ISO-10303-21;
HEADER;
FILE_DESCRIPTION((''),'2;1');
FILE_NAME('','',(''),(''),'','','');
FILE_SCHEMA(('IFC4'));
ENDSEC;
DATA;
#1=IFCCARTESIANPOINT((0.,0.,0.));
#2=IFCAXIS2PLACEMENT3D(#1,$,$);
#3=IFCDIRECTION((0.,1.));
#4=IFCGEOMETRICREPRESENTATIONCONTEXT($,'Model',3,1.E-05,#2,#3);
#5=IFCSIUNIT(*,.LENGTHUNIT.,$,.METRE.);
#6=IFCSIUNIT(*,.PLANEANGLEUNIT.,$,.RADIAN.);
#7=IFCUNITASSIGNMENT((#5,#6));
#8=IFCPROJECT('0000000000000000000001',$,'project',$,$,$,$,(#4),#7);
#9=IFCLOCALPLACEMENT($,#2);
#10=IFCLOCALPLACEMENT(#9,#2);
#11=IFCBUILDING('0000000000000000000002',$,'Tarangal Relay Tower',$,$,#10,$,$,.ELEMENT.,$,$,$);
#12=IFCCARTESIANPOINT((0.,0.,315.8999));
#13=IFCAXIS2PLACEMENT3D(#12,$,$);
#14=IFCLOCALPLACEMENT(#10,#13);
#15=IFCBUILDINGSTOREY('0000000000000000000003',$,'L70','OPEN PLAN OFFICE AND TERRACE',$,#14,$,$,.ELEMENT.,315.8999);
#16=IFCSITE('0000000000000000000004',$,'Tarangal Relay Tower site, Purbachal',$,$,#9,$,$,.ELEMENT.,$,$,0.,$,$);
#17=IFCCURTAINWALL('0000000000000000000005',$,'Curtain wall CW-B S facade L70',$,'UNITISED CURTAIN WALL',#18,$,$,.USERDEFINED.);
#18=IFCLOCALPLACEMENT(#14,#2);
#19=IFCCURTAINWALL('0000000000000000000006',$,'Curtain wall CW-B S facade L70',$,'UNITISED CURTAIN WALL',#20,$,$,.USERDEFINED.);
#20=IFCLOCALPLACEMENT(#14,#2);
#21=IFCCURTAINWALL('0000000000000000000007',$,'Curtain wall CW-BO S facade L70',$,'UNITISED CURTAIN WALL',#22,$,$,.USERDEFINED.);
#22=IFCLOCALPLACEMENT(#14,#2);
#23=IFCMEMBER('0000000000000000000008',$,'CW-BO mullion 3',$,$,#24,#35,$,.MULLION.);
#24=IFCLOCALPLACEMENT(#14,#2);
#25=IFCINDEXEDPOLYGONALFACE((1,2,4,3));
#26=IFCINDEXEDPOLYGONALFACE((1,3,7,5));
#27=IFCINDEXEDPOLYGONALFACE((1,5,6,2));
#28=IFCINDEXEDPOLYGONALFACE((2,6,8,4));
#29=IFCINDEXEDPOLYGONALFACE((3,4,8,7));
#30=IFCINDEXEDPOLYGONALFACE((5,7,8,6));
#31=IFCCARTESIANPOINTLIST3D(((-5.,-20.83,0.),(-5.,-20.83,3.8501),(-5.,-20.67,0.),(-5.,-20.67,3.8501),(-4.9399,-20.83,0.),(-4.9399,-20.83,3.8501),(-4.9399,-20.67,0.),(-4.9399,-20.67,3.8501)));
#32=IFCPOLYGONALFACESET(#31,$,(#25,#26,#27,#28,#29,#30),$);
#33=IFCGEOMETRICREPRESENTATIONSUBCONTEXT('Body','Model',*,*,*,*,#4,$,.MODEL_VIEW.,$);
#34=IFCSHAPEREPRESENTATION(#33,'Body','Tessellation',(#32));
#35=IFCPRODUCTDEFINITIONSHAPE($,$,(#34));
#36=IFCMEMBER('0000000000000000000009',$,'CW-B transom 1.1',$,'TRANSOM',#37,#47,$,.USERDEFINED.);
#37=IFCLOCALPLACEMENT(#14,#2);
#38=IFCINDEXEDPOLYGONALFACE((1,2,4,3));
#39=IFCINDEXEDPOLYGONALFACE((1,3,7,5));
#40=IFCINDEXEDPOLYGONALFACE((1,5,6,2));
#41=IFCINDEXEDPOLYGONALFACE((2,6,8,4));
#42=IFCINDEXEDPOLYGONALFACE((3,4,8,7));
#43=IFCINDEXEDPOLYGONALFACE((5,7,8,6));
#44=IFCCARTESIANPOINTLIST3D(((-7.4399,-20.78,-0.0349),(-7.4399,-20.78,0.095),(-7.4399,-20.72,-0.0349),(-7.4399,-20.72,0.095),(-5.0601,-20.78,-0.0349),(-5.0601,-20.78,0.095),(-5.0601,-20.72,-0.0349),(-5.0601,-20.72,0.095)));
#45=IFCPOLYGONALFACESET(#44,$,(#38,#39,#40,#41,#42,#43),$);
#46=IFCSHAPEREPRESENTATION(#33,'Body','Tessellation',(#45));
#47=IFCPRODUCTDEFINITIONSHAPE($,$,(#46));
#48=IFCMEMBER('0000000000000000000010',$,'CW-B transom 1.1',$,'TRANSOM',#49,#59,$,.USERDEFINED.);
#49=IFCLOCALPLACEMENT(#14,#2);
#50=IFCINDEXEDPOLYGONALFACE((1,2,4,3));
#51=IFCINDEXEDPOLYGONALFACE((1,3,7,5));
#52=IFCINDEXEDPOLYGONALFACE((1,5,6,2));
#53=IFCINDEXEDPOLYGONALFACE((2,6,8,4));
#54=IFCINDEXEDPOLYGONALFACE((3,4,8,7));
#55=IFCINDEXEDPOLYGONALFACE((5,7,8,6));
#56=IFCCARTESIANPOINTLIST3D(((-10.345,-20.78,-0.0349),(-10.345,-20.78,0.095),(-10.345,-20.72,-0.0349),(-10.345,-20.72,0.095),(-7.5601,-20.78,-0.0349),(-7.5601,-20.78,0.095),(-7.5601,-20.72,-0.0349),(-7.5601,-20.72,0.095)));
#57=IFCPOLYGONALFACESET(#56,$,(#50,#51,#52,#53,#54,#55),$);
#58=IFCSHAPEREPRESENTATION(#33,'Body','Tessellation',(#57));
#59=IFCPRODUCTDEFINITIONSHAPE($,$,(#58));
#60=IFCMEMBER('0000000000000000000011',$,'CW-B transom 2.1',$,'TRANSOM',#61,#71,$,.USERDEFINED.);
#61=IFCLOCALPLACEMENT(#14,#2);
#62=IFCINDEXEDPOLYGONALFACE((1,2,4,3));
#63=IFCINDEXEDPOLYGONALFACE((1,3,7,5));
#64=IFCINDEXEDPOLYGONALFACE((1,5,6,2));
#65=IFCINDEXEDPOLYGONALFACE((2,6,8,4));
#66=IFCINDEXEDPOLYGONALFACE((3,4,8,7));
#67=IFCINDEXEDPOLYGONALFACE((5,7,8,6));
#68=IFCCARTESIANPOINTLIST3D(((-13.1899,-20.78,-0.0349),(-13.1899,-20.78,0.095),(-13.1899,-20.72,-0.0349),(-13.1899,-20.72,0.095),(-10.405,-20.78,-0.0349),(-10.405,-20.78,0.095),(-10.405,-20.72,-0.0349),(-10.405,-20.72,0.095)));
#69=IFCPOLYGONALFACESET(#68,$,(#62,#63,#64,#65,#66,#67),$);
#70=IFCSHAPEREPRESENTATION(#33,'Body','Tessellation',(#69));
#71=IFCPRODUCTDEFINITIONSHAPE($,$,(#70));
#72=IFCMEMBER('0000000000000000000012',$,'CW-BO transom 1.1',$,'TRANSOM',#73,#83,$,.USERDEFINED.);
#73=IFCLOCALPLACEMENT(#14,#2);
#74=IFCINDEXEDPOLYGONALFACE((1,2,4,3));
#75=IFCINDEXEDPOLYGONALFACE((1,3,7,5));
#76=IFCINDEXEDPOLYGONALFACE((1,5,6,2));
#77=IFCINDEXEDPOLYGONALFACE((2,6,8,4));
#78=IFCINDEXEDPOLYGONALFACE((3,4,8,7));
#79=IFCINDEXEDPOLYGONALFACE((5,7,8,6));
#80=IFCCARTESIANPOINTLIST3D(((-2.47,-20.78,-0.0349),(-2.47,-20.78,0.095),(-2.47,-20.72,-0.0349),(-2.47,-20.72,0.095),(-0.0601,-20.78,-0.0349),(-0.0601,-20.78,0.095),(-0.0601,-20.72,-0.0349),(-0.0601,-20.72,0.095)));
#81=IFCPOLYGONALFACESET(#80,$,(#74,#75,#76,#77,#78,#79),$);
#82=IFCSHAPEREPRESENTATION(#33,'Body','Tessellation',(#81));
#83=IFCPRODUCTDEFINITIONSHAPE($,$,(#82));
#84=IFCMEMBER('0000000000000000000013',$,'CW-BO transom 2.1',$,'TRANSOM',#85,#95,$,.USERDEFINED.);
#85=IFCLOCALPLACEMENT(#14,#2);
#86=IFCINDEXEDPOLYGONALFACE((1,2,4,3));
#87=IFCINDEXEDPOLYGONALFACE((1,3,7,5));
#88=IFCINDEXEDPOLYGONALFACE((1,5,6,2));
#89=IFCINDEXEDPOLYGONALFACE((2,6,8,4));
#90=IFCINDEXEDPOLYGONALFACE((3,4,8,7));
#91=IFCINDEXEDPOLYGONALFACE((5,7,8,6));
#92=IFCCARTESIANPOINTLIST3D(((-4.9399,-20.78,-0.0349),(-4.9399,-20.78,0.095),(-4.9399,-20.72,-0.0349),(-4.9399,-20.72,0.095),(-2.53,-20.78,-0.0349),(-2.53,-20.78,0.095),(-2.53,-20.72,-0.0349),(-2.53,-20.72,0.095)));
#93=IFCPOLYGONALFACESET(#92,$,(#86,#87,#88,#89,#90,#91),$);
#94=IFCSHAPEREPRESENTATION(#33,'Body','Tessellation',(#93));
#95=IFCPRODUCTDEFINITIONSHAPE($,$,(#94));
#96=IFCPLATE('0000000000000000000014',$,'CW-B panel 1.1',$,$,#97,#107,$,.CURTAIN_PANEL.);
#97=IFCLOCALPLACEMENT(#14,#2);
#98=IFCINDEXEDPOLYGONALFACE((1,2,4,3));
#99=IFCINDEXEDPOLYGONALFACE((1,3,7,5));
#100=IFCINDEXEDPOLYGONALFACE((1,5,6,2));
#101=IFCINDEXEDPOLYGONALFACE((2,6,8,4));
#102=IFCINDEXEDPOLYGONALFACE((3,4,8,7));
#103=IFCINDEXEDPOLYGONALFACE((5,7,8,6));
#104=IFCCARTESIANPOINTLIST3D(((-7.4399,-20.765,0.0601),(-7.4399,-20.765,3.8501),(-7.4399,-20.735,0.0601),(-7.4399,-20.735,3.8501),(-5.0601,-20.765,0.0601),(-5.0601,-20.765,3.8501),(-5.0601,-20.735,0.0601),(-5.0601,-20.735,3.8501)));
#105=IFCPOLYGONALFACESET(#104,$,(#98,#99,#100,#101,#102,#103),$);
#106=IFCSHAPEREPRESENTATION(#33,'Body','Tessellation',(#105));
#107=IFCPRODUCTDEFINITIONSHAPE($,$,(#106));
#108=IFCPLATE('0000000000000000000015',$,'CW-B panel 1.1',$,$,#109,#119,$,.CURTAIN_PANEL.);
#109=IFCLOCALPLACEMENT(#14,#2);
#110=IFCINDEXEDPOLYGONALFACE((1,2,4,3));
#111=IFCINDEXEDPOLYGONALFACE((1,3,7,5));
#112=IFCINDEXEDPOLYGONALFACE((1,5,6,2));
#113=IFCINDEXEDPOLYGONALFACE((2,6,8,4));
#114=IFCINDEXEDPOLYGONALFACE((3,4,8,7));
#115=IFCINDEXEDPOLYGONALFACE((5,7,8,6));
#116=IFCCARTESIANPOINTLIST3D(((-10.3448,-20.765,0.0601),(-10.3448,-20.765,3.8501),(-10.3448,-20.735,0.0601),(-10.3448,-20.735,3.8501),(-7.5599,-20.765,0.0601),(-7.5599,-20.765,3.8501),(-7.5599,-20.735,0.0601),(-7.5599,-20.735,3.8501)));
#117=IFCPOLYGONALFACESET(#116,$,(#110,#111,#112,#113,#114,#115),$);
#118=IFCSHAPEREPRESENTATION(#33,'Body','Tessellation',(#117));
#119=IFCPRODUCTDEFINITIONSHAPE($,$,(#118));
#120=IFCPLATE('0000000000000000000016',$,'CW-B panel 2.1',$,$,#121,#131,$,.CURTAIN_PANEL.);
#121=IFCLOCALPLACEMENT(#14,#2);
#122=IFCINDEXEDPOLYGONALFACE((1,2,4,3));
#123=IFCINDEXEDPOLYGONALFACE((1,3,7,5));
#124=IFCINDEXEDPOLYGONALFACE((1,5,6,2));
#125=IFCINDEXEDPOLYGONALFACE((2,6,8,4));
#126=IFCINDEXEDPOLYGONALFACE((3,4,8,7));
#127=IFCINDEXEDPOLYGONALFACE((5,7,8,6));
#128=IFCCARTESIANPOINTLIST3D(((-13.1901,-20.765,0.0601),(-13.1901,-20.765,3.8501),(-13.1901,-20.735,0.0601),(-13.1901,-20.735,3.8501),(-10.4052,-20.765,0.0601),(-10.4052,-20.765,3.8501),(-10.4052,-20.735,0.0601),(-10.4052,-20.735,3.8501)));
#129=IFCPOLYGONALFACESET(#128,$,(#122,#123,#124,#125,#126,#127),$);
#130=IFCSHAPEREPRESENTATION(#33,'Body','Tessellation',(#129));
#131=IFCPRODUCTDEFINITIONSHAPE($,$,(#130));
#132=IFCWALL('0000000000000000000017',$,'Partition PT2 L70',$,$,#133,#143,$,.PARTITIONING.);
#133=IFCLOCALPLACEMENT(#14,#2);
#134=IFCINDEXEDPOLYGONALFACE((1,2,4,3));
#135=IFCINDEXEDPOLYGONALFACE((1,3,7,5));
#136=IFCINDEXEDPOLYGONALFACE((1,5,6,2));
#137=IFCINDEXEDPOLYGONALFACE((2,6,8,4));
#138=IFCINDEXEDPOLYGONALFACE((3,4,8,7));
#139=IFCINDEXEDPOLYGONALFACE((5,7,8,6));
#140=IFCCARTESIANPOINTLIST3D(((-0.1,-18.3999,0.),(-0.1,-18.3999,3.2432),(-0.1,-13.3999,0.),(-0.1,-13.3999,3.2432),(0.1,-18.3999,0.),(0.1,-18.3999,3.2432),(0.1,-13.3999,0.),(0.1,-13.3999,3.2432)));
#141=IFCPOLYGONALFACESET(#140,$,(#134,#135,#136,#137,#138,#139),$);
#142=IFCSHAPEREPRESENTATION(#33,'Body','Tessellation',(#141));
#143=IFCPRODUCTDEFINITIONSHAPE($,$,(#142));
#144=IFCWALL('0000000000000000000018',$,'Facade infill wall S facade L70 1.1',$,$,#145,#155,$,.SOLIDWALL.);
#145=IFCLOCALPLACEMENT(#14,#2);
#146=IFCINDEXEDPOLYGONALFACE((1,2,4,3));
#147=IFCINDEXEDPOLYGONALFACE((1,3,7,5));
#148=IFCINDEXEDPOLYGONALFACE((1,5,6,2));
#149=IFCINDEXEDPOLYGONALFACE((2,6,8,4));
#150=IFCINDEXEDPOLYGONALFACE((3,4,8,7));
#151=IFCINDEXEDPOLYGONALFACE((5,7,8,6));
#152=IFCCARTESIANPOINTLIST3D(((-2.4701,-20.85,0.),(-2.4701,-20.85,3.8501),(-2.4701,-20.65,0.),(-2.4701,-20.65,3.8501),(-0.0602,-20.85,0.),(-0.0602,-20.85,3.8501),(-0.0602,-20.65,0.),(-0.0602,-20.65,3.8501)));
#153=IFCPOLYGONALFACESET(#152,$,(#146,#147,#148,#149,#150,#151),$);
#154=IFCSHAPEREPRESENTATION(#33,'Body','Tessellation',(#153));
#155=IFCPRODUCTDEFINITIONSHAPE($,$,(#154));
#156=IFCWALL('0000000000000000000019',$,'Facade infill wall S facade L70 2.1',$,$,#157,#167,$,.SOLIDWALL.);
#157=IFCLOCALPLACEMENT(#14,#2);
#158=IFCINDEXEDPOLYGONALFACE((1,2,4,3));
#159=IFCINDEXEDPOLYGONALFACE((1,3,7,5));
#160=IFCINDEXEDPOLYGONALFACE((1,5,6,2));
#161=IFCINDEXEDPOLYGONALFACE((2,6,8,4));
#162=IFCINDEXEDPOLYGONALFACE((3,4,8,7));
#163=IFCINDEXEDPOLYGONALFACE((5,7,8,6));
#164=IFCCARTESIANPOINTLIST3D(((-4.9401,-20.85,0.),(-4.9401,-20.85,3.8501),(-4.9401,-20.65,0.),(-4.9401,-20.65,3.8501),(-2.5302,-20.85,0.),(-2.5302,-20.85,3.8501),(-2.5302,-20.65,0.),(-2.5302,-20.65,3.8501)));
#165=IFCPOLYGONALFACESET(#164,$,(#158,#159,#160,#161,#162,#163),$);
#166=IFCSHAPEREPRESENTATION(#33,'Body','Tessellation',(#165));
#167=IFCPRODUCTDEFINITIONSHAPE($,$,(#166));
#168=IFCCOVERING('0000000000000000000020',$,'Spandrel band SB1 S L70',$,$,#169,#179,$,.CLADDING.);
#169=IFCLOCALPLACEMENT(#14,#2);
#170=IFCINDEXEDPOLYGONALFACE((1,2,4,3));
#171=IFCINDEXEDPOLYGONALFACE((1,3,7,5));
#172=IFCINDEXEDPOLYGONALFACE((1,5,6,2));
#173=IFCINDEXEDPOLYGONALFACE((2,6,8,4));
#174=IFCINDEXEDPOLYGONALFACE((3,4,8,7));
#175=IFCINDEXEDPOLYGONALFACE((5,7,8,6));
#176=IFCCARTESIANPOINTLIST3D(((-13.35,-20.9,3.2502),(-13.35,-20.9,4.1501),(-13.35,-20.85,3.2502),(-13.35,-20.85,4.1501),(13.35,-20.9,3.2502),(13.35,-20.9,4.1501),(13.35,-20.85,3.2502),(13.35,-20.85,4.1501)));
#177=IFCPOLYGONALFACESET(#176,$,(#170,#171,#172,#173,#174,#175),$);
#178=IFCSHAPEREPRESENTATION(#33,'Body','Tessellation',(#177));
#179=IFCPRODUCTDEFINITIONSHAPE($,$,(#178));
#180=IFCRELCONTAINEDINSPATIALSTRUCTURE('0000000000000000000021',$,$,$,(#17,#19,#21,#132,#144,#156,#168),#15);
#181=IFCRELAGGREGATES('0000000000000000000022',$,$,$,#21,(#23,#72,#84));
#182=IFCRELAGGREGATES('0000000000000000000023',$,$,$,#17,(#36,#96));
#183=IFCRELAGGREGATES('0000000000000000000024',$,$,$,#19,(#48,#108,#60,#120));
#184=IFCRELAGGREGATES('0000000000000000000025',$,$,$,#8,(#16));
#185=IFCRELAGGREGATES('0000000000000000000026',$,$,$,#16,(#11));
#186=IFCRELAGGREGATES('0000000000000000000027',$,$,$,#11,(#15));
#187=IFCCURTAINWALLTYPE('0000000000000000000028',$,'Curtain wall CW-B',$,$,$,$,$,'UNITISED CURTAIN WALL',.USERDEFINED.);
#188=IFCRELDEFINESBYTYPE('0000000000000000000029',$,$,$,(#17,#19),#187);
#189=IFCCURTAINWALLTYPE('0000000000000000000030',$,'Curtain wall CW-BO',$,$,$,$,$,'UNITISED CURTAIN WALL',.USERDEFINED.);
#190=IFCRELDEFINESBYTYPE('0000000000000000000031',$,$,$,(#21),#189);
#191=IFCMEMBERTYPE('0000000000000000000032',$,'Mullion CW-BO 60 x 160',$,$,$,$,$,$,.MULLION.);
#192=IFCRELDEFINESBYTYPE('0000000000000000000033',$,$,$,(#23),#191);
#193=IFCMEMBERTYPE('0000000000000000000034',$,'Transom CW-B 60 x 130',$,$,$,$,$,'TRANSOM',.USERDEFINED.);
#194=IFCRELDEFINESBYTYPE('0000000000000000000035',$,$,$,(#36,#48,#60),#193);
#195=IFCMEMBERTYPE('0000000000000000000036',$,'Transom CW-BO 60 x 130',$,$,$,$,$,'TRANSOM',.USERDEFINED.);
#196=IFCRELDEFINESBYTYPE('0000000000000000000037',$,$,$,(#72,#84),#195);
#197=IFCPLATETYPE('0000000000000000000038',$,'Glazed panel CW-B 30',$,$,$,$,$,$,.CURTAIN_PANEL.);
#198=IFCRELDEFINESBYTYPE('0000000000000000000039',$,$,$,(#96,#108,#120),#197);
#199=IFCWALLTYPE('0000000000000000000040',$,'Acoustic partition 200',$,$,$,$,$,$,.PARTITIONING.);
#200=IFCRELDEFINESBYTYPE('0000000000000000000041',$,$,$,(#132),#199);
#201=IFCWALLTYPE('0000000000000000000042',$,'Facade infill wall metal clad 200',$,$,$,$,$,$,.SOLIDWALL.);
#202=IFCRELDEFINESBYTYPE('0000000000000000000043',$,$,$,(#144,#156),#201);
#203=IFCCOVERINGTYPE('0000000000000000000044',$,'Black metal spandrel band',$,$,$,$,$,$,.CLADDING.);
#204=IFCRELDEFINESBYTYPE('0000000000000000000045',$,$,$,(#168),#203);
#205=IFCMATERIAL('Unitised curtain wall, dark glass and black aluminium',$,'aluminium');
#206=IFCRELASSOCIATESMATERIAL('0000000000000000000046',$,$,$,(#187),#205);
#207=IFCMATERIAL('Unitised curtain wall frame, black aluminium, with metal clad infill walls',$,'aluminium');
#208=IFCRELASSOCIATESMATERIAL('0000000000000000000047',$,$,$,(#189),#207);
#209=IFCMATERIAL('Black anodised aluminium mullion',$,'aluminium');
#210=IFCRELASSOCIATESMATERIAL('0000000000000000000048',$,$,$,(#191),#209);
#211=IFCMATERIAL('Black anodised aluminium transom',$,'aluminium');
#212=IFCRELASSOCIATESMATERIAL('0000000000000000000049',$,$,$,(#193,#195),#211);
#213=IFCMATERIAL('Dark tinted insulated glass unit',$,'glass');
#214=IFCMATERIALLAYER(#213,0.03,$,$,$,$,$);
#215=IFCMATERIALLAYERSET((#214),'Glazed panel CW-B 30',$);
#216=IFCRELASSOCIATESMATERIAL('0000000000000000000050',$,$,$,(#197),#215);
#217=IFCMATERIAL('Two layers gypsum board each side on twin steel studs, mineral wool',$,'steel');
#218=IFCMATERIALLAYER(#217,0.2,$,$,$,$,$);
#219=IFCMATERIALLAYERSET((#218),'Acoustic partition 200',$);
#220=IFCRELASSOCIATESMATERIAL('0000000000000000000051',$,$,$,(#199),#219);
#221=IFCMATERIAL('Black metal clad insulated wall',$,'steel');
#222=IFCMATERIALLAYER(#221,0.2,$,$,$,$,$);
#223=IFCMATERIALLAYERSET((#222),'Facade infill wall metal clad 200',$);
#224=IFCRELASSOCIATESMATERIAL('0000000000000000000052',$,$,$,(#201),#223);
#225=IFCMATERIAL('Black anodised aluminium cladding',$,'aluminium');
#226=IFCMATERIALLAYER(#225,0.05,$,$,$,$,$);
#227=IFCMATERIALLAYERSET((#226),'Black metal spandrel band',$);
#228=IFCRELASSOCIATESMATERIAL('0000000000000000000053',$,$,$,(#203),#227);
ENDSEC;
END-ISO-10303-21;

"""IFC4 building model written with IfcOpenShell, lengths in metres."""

from ifc_helpers import new_model, si_unit, direction, frame, frame_2d, origin, origin_2d, place, context, subcontext, project, spatial, rectangle, extrude, material, layer, layer_set, material_profile, profile_set, type_object, element, aggregate, save


model = new_model("IFC4")

# Units and contexts
model_context = context("Model", 3, precision=1e-05, world=origin(), true_north=direction((0.0, 1.0)))
body_context = subcontext(model_context, "Body", "Model", "MODEL_VIEW")
ifc_project = project(units=[si_unit("LENGTHUNIT", "METRE"), si_unit("PLANEANGLEUNIT", "RADIAN")], contexts=[model_context])

# Site, building, storey
site_placement = place(None, origin())
site = spatial("IfcSite", under=ifc_project, at=site_placement, Name="Tarangal Relay Tower site, Purbachal", CompositionType="ELEMENT", RefElevation=0.0)
building_placement = place(site_placement, origin())
building = spatial("IfcBuilding", under=site, at=building_placement, Name="Tarangal Relay Tower", CompositionType="ELEMENT")
storey_placement = place(building_placement, frame((0.0, 0.0, 315.8999)))
storey = spatial("IfcBuildingStorey", under=building, at=storey_placement, Name="L70", Description="OPEN PLAN OFFICE AND TERRACE", CompositionType="ELEMENT", Elevation=315.8999)

# Curtain walls, member
ifc_material_1 = material(Name="Unitised curtain wall, dark glass and black aluminium", Category="aluminium")
curtain_wall_type_1 = type_object("IfcCurtainWallType", Name="Curtain wall CW-B", ElementType="UNITISED CURTAIN WALL", PredefinedType="USERDEFINED", material=ifc_material_1)
curtain_wall_1_placement = place(storey_placement, origin())
curtain_wall_1 = element("IfcCurtainWall", 1, at=curtain_wall_1_placement, inside=storey, type_object=curtain_wall_type_1, Name="Curtain wall CW-B S facade L70", ObjectType="UNITISED CURTAIN WALL", PredefinedType="USERDEFINED")
ifc_material_2 = material(Name="Black anodised aluminium mullion", Category="aluminium")
curtain_wall_2_placement = place(storey_placement, origin())
curtain_wall_2 = element("IfcCurtainWall", 2, at=curtain_wall_2_placement, inside=storey, type_object=curtain_wall_type_1, Name="Curtain wall CW-B S facade L70", ObjectType="UNITISED CURTAIN WALL", PredefinedType="USERDEFINED")
ifc_material_3 = material(Name="Unitised curtain wall frame, black aluminium, with metal clad infill walls", Category="aluminium")
curtain_wall_type_2 = type_object("IfcCurtainWallType", Name="Curtain wall CW-BO", ElementType="UNITISED CURTAIN WALL", PredefinedType="USERDEFINED", material=ifc_material_3)
curtain_wall_3_placement = place(storey_placement, origin())
curtain_wall_3 = element("IfcCurtainWall", 3, at=curtain_wall_3_placement, inside=storey, type_object=curtain_wall_type_2, Name="Curtain wall CW-BO S facade L70", ObjectType="UNITISED CURTAIN WALL", PredefinedType="USERDEFINED")
ifc_material_profile_1 = material_profile(ifc_material_2, rectangle(XDim=0.1599, YDim=0.0601, at=origin_2d()), Name="CW-BOM 60X160")
ifc_profile_set_1 = profile_set([ifc_material_profile_1], Name="Black anodised aluminium mullion")
member_type_1 = type_object("IfcMemberType", Name="Mullion CW-BO 60 x 160", PredefinedType="MULLION", material=ifc_profile_set_1)
member_1_placement = place(storey_placement, frame((-4.97, -20.75, 0.0), z_axis=(0.0, 0.0, 1.0), x_axis=(0.0, -1.0, 0.0)))
member_1 = element("IfcMember", 4, at=member_1_placement, type_object=member_type_1, Name="CW-BO mullion 3", PredefinedType="MULLION", context=body_context, shape_type="SweptSolid", body=[
    extrude(rectangle(XDim=0.1599, YDim=0.0601, at=origin_2d()), origin(), (0.0, 0.0, 1.0), 3.8501),
])

# Members
ifc_material_4 = material(Name="Black anodised aluminium transom", Category="aluminium")
ifc_material_profile_2 = material_profile(ifc_material_4, rectangle(XDim=0.0601, YDim=0.1299, at=origin_2d()), Name="CW-BT 60X130")
ifc_profile_set_2 = profile_set([ifc_material_profile_2], Name="Black anodised aluminium transom")
member_type_2 = type_object("IfcMemberType", Name="Transom CW-B 60 x 130", ElementType="TRANSOM", PredefinedType="USERDEFINED", material=ifc_profile_set_2)
member_2_placement = place(storey_placement, frame((-5.0601, -20.75, 0.03), z_axis=(-1.0, 0.0, 0.0), x_axis=(0.0, -1.0, 0.0)))
member_2 = element("IfcMember", 5, at=member_2_placement, type_object=member_type_2, Name="CW-B transom 1.1", ObjectType="TRANSOM", PredefinedType="USERDEFINED", context=body_context, shape_type="SweptSolid", body=[
    extrude(rectangle(XDim=0.0601, YDim=0.1299, at=origin_2d()), origin(), (0.0, 0.0, 1.0), 2.3799),
])
member_3_placement = place(storey_placement, frame((-7.5601, -20.75, 0.03), z_axis=(-1.0, 0.0, 0.0), x_axis=(0.0, -1.0, 0.0)))
member_3 = element("IfcMember", 6, at=member_3_placement, type_object=member_type_2, Name="CW-B transom 1.1", ObjectType="TRANSOM", PredefinedType="USERDEFINED", context=body_context, shape_type="SweptSolid", body=[
    extrude(rectangle(XDim=0.0601, YDim=0.1299, at=origin_2d()), origin(), (0.0, 0.0, 1.0), 2.7849),
])
member_4_placement = place(storey_placement, frame((-10.405, -20.75, 0.03), z_axis=(-1.0, 0.0, 0.0), x_axis=(0.0, -1.0, 0.0)))
member_4 = element("IfcMember", 7, at=member_4_placement, type_object=member_type_2, Name="CW-B transom 2.1", ObjectType="TRANSOM", PredefinedType="USERDEFINED", context=body_context, shape_type="SweptSolid", body=[
    extrude(rectangle(XDim=0.0601, YDim=0.1299, at=origin_2d()), origin(), (0.0, 0.0, 1.0), 2.7849),
])
ifc_material_profile_3 = material_profile(ifc_material_4, rectangle(XDim=0.0601, YDim=0.1299, at=origin_2d()), Name="CW-BOT 60X130")
ifc_profile_set_3 = profile_set([ifc_material_profile_3], Name="Black anodised aluminium transom")
member_type_3 = type_object("IfcMemberType", Name="Transom CW-BO 60 x 130", ElementType="TRANSOM", PredefinedType="USERDEFINED", material=ifc_profile_set_3)
member_5_placement = place(storey_placement, frame((-0.0601, -20.75, 0.03), z_axis=(-1.0, 0.0, 0.0), x_axis=(0.0, -1.0, 0.0)))
member_5 = element("IfcMember", 8, at=member_5_placement, type_object=member_type_3, Name="CW-BO transom 1.1", ObjectType="TRANSOM", PredefinedType="USERDEFINED", context=body_context, shape_type="SweptSolid", body=[
    extrude(rectangle(XDim=0.0601, YDim=0.1299, at=origin_2d()), origin(), (0.0, 0.0, 1.0), 2.4099),
])
member_6_placement = place(storey_placement, frame((-2.53, -20.75, 0.03), z_axis=(-1.0, 0.0, 0.0), x_axis=(0.0, -1.0, 0.0)))
member_6 = element("IfcMember", 9, at=member_6_placement, type_object=member_type_3, Name="CW-BO transom 2.1", ObjectType="TRANSOM", PredefinedType="USERDEFINED", context=body_context, shape_type="SweptSolid", body=[
    extrude(rectangle(XDim=0.0601, YDim=0.1299, at=origin_2d()), origin(), (0.0, 0.0, 1.0), 2.4099),
])
aggregate(curtain_wall_3, [member_1, member_5, member_6])

# Plates
ifc_material_5 = material(Name="Dark tinted insulated glass unit", Category="glass")
ifc_layer_1 = layer(ifc_material_5, 0.03)
ifc_layer_set_1 = layer_set([ifc_layer_1], Name="Glazed panel CW-B 30")
plate_type = type_object("IfcPlateType", Name="Glazed panel CW-B 30", PredefinedType="CURTAIN_PANEL", material=ifc_layer_set_1)
plate_1_placement = place(storey_placement, frame((-6.25, -20.75, 0.0601), z_axis=(0.0, 0.0, 1.0), x_axis=(-1.0, 0.0, 0.0)))
plate_1 = element("IfcPlate", 10, at=plate_1_placement, type_object=plate_type, Name="CW-B panel 1.1", PredefinedType="CURTAIN_PANEL", context=body_context, shape_type="SweptSolid", body=[
    extrude(rectangle(XDim=2.3799, YDim=0.03, at=origin_2d()), origin(), (0.0, 0.0, 1.0), 3.79),
])
aggregate(curtain_wall_1, [member_2, plate_1])
plate_2_placement = place(storey_placement, frame((-8.9524, -20.75, 0.0601), z_axis=(0.0, 0.0, 1.0), x_axis=(-1.0, 0.0, 0.0)))
plate_2 = element("IfcPlate", 11, at=plate_2_placement, type_object=plate_type, Name="CW-B panel 1.1", PredefinedType="CURTAIN_PANEL", context=body_context, shape_type="SweptSolid", body=[
    extrude(rectangle(XDim=2.7849, YDim=0.03, at=origin_2d()), origin(), (0.0, 0.0, 1.0), 3.79),
])
plate_3_placement = place(storey_placement, frame((-11.7976, -20.75, 0.0601), z_axis=(0.0, 0.0, 1.0), x_axis=(-1.0, 0.0, 0.0)))
plate_3 = element("IfcPlate", 12, at=plate_3_placement, type_object=plate_type, Name="CW-B panel 2.1", PredefinedType="CURTAIN_PANEL", context=body_context, shape_type="SweptSolid", body=[
    extrude(rectangle(XDim=2.7849, YDim=0.03, at=origin_2d()), origin(), (0.0, 0.0, 1.0), 3.79),
])
aggregate(curtain_wall_2, [member_3, plate_2, member_4, plate_3])

# Walls
ifc_material_6 = material(Name="Two layers gypsum board each side on twin steel studs, mineral wool", Category="steel")
ifc_layer_2 = layer(ifc_material_6, 0.2)
ifc_layer_set_2 = layer_set([ifc_layer_2], Name="Acoustic partition 200")
wall_type_1 = type_object("IfcWallType", Name="Acoustic partition 200", PredefinedType="PARTITIONING", material=ifc_layer_set_2)
wall_placement = place(storey_placement, frame((0.0, -18.3999, 0.0), z_axis=(0.0, 0.0, 1.0), x_axis=(0.0, 1.0, 0.0)))
element("IfcWall", 13, at=wall_placement, inside=storey, type_object=wall_type_1, Name="Partition PT2 L70", PredefinedType="PARTITIONING", context=body_context, shape_type="SweptSolid", body=[
    extrude(rectangle(XDim=5.0, YDim=0.2, at=frame_2d((2.5, 0.0))), origin(), (0.0, 0.0, 1.0), 3.2432),
])
ifc_material_7 = material(Name="Black metal clad insulated wall", Category="steel")
ifc_layer_3 = layer(ifc_material_7, 0.2)
ifc_layer_set_3 = layer_set([ifc_layer_3], Name="Facade infill wall metal clad 200")
wall_type_2 = type_object("IfcWallType", Name="Facade infill wall metal clad 200", PredefinedType="SOLIDWALL", material=ifc_layer_set_3)
for number, where, z_axis, x_axis, name in (
    (14, (-0.0601, -20.75, 0.0), (0.0, 0.0, 1.0), (-1.0, 0.0, 0.0), "Facade infill wall S facade L70 1.1"),
    (15, (-2.53, -20.75, 0.0), (0.0, 0.0, 1.0), (-1.0, 0.0, 0.0), "Facade infill wall S facade L70 2.1"),
):
    element("IfcWall", number, at=place(storey_placement, frame(where, z_axis=z_axis, x_axis=x_axis)), inside=storey, type_object=wall_type_2, Name=name, PredefinedType="SOLIDWALL", context=body_context, shape_type="SweptSolid", body=[
        extrude(rectangle(XDim=2.4099, YDim=0.2, at=frame_2d((1.2051, 0.0))), origin(), (0.0, 0.0, 1.0), 3.8501),
    ])

# Covering
ifc_material_8 = material(Name="Black anodised aluminium cladding", Category="aluminium")
ifc_layer_4 = layer(ifc_material_8, 0.05)
ifc_layer_set_4 = layer_set([ifc_layer_4], Name="Black metal spandrel band")
covering_type = type_object("IfcCoveringType", Name="Black metal spandrel band", PredefinedType="CLADDING", material=ifc_layer_set_4)
covering_placement = place(storey_placement, frame((0.0, -20.875, 3.2502), z_axis=(0.0, 0.0, 1.0), x_axis=(-1.0, 0.0, 0.0)))
element("IfcCovering", 16, at=covering_placement, inside=storey, type_object=covering_type, Name="Spandrel band SB1 S L70", PredefinedType="CLADDING", context=body_context, shape_type="SweptSolid", body=[
    extrude(rectangle(XDim=26.7, YDim=0.05, at=origin_2d()), origin(), (0.0, 0.0, 1.0), 0.8999),
])

save(model, "model.ifc")
